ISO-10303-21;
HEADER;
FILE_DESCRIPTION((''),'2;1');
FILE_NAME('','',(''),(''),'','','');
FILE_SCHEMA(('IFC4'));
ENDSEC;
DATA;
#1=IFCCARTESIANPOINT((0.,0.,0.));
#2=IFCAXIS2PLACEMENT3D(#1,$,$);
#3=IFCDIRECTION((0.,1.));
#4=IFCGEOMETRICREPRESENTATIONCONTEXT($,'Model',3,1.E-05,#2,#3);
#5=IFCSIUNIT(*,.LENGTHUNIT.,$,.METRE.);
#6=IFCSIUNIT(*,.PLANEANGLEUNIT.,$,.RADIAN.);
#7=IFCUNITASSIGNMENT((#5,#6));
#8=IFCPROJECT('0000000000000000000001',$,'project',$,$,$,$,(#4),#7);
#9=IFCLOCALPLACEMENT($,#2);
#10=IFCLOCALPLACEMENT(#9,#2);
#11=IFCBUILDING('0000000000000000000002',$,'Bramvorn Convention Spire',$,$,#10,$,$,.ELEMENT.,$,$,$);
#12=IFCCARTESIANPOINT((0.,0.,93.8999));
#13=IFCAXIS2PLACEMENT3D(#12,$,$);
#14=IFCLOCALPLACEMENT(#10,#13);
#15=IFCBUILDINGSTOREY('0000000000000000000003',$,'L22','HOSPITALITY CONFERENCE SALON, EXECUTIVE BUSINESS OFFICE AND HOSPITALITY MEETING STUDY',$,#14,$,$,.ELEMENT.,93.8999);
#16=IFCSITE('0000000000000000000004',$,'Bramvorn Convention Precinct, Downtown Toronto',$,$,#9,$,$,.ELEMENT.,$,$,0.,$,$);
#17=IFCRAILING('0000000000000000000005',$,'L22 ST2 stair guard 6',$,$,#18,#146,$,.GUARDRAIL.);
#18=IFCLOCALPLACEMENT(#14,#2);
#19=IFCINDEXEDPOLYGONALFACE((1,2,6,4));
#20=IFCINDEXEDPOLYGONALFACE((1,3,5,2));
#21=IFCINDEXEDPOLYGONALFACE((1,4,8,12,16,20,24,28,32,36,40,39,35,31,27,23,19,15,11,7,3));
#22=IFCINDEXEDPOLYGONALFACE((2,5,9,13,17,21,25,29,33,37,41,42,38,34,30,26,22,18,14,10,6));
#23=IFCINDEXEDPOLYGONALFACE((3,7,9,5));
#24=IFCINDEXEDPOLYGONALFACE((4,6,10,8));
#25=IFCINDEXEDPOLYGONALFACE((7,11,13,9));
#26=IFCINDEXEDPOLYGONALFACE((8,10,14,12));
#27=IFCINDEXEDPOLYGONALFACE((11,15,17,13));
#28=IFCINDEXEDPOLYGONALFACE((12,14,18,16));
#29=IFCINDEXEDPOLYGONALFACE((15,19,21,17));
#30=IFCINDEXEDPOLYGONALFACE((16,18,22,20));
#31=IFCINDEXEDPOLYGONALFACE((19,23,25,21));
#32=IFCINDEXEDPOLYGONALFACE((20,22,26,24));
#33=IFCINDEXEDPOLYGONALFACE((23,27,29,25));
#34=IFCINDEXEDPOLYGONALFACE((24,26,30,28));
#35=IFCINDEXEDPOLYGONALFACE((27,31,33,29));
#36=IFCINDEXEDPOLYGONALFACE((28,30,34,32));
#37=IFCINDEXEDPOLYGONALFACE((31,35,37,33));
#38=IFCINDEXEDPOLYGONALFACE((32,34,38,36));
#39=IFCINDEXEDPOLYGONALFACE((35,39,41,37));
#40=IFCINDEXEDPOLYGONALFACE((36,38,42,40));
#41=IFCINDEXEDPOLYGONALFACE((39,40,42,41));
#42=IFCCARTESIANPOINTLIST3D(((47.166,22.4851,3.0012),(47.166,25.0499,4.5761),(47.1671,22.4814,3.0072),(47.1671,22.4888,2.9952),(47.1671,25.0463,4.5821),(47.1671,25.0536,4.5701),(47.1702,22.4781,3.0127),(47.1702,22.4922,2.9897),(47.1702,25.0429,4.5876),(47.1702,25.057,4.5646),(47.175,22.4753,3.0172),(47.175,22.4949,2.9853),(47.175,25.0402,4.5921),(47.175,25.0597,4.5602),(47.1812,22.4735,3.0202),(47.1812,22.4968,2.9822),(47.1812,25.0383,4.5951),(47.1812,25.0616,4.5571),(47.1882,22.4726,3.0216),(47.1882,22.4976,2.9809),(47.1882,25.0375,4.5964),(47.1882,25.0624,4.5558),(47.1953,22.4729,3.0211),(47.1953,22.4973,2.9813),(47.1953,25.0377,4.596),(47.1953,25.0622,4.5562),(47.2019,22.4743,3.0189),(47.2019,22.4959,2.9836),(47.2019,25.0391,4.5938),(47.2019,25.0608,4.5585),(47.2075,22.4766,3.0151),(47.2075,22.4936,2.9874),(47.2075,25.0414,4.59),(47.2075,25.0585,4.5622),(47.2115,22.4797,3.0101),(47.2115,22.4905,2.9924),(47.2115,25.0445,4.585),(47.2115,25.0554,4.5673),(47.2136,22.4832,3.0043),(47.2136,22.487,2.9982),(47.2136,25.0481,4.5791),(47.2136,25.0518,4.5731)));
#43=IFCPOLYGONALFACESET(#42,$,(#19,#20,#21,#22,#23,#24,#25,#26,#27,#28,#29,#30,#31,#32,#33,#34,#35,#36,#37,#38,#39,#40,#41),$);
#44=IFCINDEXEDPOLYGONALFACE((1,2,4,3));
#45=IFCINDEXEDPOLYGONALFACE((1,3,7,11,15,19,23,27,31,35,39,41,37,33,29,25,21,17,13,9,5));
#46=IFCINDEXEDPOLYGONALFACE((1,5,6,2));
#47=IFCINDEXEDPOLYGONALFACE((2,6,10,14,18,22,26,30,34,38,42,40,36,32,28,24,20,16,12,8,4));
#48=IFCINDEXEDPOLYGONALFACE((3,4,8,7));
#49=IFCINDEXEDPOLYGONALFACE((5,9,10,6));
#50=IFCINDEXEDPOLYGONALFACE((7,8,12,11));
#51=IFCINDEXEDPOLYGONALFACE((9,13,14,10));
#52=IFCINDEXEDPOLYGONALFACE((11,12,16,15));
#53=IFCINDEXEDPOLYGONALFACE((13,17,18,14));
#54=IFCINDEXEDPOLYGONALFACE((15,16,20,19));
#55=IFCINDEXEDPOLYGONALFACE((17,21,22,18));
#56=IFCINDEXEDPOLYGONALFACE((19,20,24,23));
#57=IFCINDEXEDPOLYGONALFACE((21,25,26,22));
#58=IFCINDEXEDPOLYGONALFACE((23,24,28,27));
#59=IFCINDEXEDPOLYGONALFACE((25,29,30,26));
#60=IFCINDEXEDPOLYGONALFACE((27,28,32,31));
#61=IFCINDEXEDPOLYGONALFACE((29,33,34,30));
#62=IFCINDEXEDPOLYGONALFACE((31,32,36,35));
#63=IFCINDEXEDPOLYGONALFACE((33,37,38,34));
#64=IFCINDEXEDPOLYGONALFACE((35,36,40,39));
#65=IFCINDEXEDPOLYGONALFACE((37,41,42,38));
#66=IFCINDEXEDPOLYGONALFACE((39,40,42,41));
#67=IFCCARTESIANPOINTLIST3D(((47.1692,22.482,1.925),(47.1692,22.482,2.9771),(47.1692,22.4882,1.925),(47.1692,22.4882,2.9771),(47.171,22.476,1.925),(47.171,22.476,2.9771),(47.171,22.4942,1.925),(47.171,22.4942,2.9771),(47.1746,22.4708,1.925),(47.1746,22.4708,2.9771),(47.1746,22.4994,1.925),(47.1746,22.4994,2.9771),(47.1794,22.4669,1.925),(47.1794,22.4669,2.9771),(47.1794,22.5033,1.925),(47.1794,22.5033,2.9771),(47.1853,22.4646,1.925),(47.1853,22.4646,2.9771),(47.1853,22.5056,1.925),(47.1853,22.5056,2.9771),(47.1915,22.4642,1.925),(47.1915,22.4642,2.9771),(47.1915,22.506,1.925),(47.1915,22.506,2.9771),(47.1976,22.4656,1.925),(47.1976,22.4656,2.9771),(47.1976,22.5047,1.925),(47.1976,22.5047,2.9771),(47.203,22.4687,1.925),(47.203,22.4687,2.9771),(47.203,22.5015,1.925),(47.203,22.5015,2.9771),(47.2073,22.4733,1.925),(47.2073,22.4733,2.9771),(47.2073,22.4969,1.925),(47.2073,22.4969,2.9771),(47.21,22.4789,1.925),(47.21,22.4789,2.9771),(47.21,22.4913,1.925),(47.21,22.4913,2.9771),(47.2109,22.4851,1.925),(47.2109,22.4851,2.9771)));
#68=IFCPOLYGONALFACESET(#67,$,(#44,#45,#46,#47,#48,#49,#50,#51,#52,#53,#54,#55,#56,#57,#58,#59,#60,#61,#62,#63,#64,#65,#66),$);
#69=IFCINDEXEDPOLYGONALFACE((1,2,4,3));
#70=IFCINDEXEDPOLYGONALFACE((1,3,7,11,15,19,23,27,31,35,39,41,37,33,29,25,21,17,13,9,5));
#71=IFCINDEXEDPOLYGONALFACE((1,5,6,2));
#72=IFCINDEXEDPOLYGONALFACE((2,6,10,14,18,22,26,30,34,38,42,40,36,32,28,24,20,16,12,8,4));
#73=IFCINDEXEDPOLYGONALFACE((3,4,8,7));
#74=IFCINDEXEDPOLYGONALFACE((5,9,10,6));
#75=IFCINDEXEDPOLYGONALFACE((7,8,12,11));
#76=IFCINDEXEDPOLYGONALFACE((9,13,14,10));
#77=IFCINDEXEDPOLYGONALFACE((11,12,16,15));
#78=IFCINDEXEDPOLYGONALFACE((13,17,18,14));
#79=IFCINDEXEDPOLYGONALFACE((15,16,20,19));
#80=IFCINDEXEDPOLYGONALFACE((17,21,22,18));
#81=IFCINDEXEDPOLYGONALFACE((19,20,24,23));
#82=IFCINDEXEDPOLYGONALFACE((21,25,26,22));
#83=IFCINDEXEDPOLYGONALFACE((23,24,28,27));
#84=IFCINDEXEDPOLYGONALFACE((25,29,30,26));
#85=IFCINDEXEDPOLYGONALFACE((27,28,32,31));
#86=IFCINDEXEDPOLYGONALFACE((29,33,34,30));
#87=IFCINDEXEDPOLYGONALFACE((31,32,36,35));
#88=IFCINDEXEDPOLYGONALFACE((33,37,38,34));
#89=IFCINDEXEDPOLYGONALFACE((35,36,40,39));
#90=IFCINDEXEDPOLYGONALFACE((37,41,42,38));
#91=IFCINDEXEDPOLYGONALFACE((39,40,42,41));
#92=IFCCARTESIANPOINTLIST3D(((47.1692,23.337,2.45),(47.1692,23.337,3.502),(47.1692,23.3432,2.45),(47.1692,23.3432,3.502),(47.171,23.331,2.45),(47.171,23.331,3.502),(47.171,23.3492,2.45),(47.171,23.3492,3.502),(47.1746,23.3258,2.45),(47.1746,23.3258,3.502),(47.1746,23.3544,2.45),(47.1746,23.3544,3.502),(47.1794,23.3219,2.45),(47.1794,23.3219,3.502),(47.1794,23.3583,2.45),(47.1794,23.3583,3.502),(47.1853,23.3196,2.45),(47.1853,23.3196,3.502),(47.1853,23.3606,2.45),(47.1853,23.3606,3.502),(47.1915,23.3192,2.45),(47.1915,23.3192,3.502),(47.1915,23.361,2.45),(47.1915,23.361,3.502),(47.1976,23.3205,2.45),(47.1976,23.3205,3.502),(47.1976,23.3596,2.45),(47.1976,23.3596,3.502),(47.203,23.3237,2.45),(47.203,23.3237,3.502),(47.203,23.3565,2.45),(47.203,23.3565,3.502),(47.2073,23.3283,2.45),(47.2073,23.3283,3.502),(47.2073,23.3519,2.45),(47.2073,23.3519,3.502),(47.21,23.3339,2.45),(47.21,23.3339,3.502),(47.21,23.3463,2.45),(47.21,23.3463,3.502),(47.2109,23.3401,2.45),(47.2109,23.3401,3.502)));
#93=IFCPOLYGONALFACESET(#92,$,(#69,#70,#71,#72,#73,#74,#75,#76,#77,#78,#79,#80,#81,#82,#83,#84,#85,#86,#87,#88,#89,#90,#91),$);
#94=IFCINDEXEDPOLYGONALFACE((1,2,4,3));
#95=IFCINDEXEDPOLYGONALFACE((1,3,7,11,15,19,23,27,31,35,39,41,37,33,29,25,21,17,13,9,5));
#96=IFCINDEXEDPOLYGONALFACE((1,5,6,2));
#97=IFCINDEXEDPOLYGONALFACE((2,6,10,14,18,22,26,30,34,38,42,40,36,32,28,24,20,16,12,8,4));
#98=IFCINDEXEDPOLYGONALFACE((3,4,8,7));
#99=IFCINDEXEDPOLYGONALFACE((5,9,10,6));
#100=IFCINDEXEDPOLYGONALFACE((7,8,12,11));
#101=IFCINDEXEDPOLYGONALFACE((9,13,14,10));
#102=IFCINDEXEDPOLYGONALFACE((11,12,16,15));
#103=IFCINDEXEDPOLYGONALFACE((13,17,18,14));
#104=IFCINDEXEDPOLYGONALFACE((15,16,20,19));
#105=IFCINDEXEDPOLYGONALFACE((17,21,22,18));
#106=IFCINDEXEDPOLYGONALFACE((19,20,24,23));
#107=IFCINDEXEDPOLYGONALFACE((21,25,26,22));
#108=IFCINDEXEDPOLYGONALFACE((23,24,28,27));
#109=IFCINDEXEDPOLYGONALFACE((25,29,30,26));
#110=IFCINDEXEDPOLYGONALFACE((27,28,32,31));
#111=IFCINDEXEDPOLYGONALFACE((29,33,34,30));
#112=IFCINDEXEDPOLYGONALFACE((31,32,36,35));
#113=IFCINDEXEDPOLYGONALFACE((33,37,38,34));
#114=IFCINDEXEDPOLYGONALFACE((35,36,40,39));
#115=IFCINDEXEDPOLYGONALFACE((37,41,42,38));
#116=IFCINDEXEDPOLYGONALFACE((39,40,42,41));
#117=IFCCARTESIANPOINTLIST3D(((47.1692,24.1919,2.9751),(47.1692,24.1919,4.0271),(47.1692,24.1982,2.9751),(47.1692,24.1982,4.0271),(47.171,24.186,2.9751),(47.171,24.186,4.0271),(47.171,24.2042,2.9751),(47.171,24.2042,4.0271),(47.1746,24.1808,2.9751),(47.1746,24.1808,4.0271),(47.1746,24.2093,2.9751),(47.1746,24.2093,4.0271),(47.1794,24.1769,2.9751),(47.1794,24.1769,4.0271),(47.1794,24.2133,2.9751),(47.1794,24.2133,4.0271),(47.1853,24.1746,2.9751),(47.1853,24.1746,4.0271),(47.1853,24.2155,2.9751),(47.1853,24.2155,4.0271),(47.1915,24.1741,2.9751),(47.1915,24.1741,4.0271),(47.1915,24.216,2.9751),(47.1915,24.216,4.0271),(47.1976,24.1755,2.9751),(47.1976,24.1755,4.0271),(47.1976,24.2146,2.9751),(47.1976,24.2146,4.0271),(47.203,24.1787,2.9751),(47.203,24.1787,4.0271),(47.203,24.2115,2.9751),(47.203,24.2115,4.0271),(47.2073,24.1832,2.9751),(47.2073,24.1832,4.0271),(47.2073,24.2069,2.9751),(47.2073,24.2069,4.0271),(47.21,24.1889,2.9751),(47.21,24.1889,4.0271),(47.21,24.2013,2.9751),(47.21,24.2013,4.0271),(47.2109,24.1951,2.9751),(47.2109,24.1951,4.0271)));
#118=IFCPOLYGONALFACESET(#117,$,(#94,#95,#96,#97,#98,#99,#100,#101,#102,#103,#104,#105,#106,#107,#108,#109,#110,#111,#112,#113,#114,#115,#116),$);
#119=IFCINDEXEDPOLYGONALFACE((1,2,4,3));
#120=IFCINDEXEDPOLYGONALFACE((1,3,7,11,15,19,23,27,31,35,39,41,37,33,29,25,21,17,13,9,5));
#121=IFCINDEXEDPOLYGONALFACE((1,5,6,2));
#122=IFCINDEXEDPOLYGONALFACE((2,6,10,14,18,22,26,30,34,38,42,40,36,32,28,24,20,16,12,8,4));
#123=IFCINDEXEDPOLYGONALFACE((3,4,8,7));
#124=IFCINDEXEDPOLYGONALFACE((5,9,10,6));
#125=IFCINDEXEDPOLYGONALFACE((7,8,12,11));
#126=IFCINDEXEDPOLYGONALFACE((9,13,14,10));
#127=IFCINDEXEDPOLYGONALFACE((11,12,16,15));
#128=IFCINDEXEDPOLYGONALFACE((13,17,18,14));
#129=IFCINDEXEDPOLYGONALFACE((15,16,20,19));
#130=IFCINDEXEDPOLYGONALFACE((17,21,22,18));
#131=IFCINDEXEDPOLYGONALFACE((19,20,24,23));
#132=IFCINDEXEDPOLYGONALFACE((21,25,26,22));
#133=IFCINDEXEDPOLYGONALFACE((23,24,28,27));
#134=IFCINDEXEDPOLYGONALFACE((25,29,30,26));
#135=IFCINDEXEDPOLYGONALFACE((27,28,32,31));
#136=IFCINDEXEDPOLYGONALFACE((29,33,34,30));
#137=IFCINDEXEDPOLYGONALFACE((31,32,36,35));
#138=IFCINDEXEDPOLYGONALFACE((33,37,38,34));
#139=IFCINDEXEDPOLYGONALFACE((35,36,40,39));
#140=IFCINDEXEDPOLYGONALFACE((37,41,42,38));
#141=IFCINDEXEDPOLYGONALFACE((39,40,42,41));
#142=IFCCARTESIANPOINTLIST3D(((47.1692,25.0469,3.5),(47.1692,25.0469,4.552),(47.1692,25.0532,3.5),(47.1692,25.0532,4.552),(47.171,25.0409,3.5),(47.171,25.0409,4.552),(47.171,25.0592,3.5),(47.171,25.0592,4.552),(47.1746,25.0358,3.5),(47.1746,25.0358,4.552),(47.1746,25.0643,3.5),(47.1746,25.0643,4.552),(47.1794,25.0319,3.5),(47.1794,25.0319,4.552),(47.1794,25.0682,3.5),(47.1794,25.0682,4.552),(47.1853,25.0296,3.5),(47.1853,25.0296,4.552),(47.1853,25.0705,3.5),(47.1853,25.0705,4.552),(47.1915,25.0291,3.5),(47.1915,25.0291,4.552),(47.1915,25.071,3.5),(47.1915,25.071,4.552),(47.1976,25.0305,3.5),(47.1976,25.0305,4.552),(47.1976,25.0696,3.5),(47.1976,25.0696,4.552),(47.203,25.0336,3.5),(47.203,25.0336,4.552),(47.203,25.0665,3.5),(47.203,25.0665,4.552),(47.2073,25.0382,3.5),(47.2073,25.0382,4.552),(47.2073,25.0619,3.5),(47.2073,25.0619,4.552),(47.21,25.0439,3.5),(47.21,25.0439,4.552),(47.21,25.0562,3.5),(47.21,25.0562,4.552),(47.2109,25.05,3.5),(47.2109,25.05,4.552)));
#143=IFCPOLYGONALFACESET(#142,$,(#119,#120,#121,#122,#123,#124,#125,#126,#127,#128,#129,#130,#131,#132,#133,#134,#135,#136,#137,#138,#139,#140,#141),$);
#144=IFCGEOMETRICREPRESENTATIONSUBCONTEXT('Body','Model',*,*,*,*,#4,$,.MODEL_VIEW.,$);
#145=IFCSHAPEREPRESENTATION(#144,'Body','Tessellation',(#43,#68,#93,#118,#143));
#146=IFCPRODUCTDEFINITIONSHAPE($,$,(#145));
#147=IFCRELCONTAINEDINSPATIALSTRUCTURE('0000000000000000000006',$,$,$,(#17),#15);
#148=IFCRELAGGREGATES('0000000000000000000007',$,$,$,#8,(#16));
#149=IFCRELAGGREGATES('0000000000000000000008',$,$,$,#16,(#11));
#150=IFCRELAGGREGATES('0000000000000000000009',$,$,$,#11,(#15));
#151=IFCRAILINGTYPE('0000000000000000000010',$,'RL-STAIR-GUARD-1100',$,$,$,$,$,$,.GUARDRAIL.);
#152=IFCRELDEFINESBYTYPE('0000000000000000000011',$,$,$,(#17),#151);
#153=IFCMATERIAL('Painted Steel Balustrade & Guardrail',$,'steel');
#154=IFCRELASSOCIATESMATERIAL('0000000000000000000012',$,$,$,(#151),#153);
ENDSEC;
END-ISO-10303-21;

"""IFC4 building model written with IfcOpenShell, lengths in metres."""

from ifc_helpers import new_model, si_unit, direction, frame, origin, origin_2d, place, context, subcontext, project, spatial, circle, extrude, material, type_object, element, save


model = new_model("IFC4")

# Units and contexts
model_context = context("Model", 3, precision=1e-05, world=origin(), true_north=direction((0.0, 1.0)))
body_context = subcontext(model_context, "Body", "Model", "MODEL_VIEW")
ifc_project = project(units=[si_unit("LENGTHUNIT", "METRE"), si_unit("PLANEANGLEUNIT", "RADIAN")], contexts=[model_context])

# Site, building, storey
site_placement = place(None, origin())
site = spatial("IfcSite", under=ifc_project, at=site_placement, Name="Bramvorn Convention Precinct, Downtown Toronto", CompositionType="ELEMENT", RefElevation=0.0)
building_placement = place(site_placement, origin())
building = spatial("IfcBuilding", under=site, at=building_placement, Name="Bramvorn Convention Spire", CompositionType="ELEMENT")
storey_placement = place(building_placement, frame((0.0, 0.0, 93.8999)))
storey = spatial("IfcBuildingStorey", under=building, at=storey_placement, Name="L22", Description="HOSPITALITY CONFERENCE SALON, EXECUTIVE BUSINESS OFFICE AND HOSPITALITY MEETING STUDY", CompositionType="ELEMENT", Elevation=93.8999)

# Railing
ifc_material_1 = material(Name="Painted Steel Balustrade & Guardrail", Category="steel")
railing_type_1 = type_object("IfcRailingType", Name="RL-STAIR-GUARD-1100", PredefinedType="GUARDRAIL", material=ifc_material_1)
railing_1_placement = place(storey_placement, frame((47.1899, 22.4851, 1.925)))
element("IfcRailing", 1, at=railing_1_placement, inside=storey, type_object=railing_type_1, Name="L22 ST2 stair guard 6", PredefinedType="GUARDRAIL", context=body_context, shape_type="SweptSolid", body=[
    extrude(circle(Radius=0.0239, at=origin_2d()), frame((0.0, 0.0, 1.0762), z_axis=(0.0, 0.852173, 0.52326), x_axis=(-1.0, 0.0, 0.0)), (0.0, 0.0, 1.0), 3.0098),
    extrude(circle(Radius=0.021, at=origin_2d()), origin(), (0.0, 0.0, 1.0), 1.052),
    extrude(circle(Radius=0.021, at=origin_2d()), frame((0.0, 0.855, 0.5249)), (0.0, 0.0, 1.0), 1.052),
    extrude(circle(Radius=0.021, at=origin_2d()), frame((0.0, 1.71, 1.05)), (0.0, 0.0, 1.0), 1.052),
    extrude(circle(Radius=0.021, at=origin_2d()), frame((0.0, 2.5649, 1.575)), (0.0, 0.0, 1.0), 1.052),
])

save(model, "model.ifc")
